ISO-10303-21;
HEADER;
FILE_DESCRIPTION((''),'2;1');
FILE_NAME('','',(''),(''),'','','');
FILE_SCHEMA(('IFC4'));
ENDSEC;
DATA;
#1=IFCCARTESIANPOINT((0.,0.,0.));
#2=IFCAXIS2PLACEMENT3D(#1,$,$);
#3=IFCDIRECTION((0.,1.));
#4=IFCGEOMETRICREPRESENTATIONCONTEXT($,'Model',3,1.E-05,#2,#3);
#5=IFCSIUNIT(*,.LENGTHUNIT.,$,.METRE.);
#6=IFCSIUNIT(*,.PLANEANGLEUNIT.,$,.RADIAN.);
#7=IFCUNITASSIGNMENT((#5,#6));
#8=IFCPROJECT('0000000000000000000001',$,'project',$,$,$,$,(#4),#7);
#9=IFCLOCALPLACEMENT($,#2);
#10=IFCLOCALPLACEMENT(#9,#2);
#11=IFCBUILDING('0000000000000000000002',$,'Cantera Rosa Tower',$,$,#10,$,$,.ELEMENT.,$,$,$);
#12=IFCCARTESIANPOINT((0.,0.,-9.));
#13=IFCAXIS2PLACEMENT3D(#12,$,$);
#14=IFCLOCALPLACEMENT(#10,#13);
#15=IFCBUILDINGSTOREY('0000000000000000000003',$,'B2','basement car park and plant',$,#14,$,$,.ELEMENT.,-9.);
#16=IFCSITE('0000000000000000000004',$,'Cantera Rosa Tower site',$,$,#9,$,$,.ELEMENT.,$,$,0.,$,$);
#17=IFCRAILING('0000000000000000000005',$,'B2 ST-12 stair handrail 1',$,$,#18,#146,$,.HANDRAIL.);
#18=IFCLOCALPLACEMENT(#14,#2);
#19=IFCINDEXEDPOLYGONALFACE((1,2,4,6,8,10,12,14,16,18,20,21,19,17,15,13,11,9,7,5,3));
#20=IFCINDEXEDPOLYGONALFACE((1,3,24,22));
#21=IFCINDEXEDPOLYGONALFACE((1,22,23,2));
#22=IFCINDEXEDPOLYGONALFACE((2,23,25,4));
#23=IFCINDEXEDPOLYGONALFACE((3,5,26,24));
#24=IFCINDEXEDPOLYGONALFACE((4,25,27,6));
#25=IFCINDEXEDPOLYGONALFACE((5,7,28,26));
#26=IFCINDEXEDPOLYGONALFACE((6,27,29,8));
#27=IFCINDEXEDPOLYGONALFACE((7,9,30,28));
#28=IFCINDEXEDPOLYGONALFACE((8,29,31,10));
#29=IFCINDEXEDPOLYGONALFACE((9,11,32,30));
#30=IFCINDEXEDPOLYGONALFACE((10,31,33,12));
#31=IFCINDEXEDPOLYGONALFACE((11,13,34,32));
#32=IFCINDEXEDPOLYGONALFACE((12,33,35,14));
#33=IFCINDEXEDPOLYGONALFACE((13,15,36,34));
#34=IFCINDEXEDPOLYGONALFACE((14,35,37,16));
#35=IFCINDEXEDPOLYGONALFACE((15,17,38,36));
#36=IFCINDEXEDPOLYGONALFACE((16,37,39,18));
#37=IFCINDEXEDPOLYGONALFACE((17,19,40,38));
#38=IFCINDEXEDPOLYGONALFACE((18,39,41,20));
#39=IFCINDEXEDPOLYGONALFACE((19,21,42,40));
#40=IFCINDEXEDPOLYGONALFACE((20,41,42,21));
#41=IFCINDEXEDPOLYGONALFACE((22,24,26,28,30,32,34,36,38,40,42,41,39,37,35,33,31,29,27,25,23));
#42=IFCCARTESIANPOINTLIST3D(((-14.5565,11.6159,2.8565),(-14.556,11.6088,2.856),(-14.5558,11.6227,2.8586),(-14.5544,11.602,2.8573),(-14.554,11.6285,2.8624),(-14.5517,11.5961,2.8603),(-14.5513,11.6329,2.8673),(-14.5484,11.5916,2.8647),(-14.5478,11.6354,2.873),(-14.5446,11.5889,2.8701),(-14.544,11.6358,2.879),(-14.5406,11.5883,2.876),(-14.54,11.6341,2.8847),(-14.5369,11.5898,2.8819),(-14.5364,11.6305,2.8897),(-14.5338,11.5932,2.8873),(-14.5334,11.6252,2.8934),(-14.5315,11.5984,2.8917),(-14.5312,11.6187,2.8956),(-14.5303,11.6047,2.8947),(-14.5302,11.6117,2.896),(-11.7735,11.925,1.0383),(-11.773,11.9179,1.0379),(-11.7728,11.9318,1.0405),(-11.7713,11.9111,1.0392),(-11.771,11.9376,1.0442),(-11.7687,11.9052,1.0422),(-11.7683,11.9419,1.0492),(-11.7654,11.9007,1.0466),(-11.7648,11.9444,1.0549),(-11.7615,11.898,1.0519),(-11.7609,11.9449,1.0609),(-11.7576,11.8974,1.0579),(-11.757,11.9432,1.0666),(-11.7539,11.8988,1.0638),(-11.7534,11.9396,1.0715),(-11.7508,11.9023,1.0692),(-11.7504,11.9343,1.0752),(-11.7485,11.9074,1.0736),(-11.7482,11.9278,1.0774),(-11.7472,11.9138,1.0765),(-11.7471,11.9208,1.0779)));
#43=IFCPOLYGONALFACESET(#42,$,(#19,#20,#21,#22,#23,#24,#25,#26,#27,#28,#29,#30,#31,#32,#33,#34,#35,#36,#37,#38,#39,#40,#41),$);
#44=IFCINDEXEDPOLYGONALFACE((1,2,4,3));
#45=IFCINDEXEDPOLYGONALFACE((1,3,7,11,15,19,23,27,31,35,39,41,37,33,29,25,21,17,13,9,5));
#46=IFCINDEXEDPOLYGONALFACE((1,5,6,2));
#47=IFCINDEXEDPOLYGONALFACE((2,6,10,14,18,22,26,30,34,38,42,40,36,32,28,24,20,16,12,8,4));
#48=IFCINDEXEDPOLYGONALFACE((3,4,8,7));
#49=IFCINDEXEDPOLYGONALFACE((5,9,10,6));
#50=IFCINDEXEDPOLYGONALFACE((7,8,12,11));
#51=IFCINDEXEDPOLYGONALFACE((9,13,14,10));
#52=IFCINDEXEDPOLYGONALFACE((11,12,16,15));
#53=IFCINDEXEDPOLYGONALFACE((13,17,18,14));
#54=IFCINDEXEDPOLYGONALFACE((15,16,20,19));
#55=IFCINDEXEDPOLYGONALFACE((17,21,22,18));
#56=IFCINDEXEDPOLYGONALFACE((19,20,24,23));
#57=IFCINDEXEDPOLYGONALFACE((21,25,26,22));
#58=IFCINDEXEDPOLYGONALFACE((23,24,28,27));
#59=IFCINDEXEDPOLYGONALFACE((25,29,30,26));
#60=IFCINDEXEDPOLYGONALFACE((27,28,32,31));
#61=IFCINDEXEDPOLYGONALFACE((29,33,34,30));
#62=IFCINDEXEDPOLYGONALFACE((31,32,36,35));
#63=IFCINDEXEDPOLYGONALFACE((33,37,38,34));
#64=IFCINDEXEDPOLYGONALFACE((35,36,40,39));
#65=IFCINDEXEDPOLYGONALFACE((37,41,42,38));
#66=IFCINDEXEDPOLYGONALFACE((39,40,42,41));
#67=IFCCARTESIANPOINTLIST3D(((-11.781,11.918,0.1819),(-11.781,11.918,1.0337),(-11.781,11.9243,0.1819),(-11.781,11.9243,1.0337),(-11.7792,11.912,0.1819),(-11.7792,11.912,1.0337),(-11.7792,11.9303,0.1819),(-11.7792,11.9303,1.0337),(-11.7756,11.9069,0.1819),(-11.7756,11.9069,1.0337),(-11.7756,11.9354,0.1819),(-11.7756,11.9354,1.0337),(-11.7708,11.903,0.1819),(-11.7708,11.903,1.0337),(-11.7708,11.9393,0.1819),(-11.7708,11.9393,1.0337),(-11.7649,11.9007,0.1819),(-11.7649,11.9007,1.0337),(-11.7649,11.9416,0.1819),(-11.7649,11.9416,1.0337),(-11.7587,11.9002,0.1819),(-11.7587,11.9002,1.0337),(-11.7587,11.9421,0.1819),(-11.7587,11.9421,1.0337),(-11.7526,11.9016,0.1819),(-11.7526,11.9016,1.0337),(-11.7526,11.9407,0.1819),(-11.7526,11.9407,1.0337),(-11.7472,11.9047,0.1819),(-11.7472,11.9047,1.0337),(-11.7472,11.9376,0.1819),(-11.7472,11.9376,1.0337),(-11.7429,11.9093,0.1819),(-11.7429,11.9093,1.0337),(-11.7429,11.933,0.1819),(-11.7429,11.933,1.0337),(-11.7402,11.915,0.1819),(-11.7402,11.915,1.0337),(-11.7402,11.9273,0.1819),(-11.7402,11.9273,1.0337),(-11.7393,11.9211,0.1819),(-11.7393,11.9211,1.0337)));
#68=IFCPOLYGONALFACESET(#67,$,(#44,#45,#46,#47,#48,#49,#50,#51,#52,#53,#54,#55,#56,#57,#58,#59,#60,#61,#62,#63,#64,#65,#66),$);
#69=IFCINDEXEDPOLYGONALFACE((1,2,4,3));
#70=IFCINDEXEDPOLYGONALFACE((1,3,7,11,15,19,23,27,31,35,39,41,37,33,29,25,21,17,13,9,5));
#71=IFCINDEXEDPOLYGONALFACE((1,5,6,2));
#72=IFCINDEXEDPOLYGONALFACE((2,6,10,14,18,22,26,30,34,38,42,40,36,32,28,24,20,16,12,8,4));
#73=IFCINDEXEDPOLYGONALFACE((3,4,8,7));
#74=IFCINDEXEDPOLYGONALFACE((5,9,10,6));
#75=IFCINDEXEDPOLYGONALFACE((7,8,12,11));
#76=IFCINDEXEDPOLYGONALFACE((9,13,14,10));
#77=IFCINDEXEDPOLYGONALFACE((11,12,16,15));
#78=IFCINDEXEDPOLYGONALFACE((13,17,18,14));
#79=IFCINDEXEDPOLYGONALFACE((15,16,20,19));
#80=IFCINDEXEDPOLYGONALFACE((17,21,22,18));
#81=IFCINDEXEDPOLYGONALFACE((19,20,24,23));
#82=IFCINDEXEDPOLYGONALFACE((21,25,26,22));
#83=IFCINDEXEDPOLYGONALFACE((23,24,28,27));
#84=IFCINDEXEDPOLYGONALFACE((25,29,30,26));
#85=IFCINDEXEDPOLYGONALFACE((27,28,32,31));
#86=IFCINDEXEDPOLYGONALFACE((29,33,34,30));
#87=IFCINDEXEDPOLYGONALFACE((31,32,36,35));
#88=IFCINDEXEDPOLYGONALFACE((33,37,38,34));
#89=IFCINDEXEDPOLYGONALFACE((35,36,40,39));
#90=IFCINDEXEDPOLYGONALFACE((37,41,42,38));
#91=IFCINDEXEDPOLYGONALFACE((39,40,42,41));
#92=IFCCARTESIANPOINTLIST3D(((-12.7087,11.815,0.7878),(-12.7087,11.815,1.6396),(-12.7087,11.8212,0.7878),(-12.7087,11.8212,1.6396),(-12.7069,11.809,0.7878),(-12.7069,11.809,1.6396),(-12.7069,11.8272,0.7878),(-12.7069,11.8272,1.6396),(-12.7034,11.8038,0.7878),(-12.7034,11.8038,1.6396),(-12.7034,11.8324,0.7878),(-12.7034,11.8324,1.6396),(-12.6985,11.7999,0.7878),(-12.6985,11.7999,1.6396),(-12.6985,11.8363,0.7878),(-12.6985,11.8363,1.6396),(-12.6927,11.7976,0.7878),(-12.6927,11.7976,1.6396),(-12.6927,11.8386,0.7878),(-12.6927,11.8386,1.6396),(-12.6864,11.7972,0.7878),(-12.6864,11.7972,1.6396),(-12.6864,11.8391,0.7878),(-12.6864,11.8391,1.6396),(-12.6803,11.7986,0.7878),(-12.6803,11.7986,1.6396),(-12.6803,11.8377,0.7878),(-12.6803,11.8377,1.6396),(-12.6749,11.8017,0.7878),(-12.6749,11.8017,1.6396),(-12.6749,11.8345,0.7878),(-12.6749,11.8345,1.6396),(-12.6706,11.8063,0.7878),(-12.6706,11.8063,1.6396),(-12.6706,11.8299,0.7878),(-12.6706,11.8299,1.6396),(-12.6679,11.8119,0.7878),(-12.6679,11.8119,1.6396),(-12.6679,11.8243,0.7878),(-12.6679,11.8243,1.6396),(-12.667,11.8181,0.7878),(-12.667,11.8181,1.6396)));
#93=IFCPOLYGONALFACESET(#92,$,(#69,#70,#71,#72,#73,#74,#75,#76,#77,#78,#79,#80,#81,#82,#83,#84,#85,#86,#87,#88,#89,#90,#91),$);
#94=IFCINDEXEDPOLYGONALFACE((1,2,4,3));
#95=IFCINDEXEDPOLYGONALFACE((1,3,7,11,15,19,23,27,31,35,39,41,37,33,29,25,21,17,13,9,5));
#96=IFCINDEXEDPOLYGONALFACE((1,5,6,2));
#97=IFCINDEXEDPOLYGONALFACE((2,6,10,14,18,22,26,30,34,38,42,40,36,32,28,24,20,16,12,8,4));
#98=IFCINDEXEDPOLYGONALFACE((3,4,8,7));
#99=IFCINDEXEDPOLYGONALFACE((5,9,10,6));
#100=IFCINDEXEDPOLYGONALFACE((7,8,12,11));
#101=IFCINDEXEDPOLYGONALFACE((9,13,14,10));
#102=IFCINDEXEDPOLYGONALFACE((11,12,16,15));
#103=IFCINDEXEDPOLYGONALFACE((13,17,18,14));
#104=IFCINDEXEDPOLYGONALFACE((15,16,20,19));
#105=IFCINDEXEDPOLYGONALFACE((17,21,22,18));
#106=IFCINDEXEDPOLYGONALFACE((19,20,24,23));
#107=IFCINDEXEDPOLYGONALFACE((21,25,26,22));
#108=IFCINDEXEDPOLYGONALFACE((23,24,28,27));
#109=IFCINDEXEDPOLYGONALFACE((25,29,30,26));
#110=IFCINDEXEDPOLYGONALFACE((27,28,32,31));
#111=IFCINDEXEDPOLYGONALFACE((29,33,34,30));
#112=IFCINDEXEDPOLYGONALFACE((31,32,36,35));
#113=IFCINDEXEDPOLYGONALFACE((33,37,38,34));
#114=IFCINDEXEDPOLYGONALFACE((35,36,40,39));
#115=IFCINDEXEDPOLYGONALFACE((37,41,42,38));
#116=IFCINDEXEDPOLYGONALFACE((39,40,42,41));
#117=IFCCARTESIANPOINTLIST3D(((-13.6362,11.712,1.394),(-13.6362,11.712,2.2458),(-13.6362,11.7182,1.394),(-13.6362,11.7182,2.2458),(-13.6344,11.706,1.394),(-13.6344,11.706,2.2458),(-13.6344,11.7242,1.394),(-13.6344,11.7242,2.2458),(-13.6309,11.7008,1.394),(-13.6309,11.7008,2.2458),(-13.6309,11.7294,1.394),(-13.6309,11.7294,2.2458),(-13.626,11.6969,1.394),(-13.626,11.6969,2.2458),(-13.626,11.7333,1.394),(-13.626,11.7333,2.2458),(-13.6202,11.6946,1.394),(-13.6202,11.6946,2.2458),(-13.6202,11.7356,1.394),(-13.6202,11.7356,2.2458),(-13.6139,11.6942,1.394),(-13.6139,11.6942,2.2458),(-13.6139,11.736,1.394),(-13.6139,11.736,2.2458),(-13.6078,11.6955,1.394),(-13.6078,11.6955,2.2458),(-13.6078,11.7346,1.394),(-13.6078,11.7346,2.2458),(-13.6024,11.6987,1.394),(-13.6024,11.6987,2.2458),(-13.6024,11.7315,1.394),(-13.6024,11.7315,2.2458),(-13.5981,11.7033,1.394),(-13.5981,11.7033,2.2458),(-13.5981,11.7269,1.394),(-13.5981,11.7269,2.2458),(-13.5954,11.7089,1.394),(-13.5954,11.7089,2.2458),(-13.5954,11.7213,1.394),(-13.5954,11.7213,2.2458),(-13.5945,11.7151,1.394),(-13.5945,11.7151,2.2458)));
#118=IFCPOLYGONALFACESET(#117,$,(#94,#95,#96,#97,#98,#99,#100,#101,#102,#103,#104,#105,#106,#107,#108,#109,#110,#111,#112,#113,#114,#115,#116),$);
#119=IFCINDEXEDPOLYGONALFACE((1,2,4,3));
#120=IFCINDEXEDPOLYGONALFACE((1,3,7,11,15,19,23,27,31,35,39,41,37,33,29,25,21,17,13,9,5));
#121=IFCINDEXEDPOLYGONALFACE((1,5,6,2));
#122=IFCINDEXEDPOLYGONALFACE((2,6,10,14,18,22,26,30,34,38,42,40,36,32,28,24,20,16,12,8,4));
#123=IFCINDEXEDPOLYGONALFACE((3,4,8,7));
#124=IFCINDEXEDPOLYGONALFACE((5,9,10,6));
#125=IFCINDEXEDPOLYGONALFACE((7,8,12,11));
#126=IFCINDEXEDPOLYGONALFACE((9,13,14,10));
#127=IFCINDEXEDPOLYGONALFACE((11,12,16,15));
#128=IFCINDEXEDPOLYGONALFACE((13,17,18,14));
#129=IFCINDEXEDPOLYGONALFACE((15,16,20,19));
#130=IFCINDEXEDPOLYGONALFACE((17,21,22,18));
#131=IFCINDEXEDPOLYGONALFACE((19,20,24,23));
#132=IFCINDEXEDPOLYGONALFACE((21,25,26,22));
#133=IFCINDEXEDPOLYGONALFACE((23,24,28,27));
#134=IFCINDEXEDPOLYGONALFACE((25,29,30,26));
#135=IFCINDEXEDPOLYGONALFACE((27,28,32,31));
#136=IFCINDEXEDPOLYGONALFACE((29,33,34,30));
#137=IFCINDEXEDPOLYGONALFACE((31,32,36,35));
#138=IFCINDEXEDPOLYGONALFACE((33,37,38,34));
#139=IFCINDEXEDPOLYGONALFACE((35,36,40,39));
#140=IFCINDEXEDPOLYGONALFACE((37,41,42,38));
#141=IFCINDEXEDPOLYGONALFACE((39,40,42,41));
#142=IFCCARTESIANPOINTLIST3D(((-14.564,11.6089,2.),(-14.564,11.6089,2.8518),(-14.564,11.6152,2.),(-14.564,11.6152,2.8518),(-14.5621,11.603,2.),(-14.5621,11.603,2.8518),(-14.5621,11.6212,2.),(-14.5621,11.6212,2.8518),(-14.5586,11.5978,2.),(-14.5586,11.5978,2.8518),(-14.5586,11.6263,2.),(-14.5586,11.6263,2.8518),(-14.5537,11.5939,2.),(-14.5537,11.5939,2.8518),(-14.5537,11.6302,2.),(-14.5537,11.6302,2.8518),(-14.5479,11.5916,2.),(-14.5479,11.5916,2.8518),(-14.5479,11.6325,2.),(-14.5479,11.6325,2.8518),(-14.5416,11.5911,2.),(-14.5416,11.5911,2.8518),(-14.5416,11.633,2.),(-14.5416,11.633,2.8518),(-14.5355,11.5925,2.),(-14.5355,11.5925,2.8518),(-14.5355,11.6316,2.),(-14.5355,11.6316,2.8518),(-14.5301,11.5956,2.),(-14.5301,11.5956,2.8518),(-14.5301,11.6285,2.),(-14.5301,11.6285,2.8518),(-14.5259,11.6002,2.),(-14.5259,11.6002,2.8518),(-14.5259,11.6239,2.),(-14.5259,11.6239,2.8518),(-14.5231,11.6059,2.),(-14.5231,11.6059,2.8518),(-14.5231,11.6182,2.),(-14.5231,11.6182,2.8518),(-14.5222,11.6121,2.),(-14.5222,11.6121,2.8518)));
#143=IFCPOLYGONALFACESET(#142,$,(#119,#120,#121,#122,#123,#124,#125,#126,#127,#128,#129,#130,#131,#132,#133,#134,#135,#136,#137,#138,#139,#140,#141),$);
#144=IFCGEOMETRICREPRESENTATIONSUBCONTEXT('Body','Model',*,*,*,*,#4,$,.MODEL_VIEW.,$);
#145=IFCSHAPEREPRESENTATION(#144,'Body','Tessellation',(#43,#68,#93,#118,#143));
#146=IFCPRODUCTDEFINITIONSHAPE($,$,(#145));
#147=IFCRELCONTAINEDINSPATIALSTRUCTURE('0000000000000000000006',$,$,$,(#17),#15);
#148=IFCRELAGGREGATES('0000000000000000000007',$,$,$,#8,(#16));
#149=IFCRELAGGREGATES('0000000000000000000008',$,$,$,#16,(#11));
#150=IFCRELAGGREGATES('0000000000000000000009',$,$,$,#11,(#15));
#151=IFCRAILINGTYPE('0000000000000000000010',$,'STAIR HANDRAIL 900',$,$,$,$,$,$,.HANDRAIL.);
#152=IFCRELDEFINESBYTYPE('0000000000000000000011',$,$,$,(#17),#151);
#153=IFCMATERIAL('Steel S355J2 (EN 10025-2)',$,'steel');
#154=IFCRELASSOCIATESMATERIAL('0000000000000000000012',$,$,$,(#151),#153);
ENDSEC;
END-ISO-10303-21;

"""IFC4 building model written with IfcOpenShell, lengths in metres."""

from ifc_helpers import new_model, si_unit, direction, frame, origin, origin_2d, place, context, subcontext, project, spatial, circle, extrude, material, type_object, element, save


model = new_model("IFC4")

# Units and contexts
model_context = context("Model", 3, precision=1e-05, world=origin(), true_north=direction((0.0, 1.0)))
body_context = subcontext(model_context, "Body", "Model", "MODEL_VIEW")
ifc_project = project(units=[si_unit("LENGTHUNIT", "METRE"), si_unit("PLANEANGLEUNIT", "RADIAN")], contexts=[model_context])

# Site, building, storey
site_placement = place(None, origin())
site = spatial("IfcSite", under=ifc_project, at=site_placement, Name="Cantera Rosa Tower site", CompositionType="ELEMENT", RefElevation=0.0)
building_placement = place(site_placement, origin())
building = spatial("IfcBuilding", under=site, at=building_placement, Name="Cantera Rosa Tower", CompositionType="ELEMENT")
storey_placement = place(building_placement, frame((0.0, 0.0, -9.0)))
storey = spatial("IfcBuildingStorey", under=building, at=storey_placement, Name="B2", Description="basement car park and plant", CompositionType="ELEMENT", Elevation=-9.0)

# Railing
ifc_material_1 = material(Name="Steel S355J2 (EN 10025-2)", Category="steel")
railing_type_1 = type_object("IfcRailingType", Name="STAIR HANDRAIL 900", PredefinedType="HANDRAIL", material=ifc_material_1)
railing_1_placement = place(storey_placement, frame((-11.7603, 11.9211, 0.1819)))
element("IfcRailing", 1, at=railing_1_placement, inside=storey, type_object=railing_type_1, Name="B2 ST-12 stair handrail 1", PredefinedType="HANDRAIL", context=body_context, shape_type="SweptSolid", body=[
    extrude(circle(Radius=0.0239, at=origin_2d()), frame((0.0, 0.0, 0.876), z_axis=(-0.833582, -0.09258, 0.544582), x_axis=(0.110384, -0.993889, 0.0)), (0.0, 0.0, 1.0), 3.3386),
    extrude(circle(Radius=0.021, at=origin_2d()), origin(), (0.0, 0.0, 1.0), 0.8518),
    extrude(circle(Radius=0.021, at=origin_2d()), frame((-0.9277, -0.103, 0.606)), (0.0, 0.0, 1.0), 0.8518),
    extrude(circle(Radius=0.021, at=origin_2d()), frame((-1.8552, -0.2061, 1.2122)), (0.0, 0.0, 1.0), 0.8518),
    extrude(circle(Radius=0.021, at=origin_2d()), frame((-2.783, -0.3091, 1.8181)), (0.0, 0.0, 1.0), 0.8518),
])

save(model, "model.ifc")
